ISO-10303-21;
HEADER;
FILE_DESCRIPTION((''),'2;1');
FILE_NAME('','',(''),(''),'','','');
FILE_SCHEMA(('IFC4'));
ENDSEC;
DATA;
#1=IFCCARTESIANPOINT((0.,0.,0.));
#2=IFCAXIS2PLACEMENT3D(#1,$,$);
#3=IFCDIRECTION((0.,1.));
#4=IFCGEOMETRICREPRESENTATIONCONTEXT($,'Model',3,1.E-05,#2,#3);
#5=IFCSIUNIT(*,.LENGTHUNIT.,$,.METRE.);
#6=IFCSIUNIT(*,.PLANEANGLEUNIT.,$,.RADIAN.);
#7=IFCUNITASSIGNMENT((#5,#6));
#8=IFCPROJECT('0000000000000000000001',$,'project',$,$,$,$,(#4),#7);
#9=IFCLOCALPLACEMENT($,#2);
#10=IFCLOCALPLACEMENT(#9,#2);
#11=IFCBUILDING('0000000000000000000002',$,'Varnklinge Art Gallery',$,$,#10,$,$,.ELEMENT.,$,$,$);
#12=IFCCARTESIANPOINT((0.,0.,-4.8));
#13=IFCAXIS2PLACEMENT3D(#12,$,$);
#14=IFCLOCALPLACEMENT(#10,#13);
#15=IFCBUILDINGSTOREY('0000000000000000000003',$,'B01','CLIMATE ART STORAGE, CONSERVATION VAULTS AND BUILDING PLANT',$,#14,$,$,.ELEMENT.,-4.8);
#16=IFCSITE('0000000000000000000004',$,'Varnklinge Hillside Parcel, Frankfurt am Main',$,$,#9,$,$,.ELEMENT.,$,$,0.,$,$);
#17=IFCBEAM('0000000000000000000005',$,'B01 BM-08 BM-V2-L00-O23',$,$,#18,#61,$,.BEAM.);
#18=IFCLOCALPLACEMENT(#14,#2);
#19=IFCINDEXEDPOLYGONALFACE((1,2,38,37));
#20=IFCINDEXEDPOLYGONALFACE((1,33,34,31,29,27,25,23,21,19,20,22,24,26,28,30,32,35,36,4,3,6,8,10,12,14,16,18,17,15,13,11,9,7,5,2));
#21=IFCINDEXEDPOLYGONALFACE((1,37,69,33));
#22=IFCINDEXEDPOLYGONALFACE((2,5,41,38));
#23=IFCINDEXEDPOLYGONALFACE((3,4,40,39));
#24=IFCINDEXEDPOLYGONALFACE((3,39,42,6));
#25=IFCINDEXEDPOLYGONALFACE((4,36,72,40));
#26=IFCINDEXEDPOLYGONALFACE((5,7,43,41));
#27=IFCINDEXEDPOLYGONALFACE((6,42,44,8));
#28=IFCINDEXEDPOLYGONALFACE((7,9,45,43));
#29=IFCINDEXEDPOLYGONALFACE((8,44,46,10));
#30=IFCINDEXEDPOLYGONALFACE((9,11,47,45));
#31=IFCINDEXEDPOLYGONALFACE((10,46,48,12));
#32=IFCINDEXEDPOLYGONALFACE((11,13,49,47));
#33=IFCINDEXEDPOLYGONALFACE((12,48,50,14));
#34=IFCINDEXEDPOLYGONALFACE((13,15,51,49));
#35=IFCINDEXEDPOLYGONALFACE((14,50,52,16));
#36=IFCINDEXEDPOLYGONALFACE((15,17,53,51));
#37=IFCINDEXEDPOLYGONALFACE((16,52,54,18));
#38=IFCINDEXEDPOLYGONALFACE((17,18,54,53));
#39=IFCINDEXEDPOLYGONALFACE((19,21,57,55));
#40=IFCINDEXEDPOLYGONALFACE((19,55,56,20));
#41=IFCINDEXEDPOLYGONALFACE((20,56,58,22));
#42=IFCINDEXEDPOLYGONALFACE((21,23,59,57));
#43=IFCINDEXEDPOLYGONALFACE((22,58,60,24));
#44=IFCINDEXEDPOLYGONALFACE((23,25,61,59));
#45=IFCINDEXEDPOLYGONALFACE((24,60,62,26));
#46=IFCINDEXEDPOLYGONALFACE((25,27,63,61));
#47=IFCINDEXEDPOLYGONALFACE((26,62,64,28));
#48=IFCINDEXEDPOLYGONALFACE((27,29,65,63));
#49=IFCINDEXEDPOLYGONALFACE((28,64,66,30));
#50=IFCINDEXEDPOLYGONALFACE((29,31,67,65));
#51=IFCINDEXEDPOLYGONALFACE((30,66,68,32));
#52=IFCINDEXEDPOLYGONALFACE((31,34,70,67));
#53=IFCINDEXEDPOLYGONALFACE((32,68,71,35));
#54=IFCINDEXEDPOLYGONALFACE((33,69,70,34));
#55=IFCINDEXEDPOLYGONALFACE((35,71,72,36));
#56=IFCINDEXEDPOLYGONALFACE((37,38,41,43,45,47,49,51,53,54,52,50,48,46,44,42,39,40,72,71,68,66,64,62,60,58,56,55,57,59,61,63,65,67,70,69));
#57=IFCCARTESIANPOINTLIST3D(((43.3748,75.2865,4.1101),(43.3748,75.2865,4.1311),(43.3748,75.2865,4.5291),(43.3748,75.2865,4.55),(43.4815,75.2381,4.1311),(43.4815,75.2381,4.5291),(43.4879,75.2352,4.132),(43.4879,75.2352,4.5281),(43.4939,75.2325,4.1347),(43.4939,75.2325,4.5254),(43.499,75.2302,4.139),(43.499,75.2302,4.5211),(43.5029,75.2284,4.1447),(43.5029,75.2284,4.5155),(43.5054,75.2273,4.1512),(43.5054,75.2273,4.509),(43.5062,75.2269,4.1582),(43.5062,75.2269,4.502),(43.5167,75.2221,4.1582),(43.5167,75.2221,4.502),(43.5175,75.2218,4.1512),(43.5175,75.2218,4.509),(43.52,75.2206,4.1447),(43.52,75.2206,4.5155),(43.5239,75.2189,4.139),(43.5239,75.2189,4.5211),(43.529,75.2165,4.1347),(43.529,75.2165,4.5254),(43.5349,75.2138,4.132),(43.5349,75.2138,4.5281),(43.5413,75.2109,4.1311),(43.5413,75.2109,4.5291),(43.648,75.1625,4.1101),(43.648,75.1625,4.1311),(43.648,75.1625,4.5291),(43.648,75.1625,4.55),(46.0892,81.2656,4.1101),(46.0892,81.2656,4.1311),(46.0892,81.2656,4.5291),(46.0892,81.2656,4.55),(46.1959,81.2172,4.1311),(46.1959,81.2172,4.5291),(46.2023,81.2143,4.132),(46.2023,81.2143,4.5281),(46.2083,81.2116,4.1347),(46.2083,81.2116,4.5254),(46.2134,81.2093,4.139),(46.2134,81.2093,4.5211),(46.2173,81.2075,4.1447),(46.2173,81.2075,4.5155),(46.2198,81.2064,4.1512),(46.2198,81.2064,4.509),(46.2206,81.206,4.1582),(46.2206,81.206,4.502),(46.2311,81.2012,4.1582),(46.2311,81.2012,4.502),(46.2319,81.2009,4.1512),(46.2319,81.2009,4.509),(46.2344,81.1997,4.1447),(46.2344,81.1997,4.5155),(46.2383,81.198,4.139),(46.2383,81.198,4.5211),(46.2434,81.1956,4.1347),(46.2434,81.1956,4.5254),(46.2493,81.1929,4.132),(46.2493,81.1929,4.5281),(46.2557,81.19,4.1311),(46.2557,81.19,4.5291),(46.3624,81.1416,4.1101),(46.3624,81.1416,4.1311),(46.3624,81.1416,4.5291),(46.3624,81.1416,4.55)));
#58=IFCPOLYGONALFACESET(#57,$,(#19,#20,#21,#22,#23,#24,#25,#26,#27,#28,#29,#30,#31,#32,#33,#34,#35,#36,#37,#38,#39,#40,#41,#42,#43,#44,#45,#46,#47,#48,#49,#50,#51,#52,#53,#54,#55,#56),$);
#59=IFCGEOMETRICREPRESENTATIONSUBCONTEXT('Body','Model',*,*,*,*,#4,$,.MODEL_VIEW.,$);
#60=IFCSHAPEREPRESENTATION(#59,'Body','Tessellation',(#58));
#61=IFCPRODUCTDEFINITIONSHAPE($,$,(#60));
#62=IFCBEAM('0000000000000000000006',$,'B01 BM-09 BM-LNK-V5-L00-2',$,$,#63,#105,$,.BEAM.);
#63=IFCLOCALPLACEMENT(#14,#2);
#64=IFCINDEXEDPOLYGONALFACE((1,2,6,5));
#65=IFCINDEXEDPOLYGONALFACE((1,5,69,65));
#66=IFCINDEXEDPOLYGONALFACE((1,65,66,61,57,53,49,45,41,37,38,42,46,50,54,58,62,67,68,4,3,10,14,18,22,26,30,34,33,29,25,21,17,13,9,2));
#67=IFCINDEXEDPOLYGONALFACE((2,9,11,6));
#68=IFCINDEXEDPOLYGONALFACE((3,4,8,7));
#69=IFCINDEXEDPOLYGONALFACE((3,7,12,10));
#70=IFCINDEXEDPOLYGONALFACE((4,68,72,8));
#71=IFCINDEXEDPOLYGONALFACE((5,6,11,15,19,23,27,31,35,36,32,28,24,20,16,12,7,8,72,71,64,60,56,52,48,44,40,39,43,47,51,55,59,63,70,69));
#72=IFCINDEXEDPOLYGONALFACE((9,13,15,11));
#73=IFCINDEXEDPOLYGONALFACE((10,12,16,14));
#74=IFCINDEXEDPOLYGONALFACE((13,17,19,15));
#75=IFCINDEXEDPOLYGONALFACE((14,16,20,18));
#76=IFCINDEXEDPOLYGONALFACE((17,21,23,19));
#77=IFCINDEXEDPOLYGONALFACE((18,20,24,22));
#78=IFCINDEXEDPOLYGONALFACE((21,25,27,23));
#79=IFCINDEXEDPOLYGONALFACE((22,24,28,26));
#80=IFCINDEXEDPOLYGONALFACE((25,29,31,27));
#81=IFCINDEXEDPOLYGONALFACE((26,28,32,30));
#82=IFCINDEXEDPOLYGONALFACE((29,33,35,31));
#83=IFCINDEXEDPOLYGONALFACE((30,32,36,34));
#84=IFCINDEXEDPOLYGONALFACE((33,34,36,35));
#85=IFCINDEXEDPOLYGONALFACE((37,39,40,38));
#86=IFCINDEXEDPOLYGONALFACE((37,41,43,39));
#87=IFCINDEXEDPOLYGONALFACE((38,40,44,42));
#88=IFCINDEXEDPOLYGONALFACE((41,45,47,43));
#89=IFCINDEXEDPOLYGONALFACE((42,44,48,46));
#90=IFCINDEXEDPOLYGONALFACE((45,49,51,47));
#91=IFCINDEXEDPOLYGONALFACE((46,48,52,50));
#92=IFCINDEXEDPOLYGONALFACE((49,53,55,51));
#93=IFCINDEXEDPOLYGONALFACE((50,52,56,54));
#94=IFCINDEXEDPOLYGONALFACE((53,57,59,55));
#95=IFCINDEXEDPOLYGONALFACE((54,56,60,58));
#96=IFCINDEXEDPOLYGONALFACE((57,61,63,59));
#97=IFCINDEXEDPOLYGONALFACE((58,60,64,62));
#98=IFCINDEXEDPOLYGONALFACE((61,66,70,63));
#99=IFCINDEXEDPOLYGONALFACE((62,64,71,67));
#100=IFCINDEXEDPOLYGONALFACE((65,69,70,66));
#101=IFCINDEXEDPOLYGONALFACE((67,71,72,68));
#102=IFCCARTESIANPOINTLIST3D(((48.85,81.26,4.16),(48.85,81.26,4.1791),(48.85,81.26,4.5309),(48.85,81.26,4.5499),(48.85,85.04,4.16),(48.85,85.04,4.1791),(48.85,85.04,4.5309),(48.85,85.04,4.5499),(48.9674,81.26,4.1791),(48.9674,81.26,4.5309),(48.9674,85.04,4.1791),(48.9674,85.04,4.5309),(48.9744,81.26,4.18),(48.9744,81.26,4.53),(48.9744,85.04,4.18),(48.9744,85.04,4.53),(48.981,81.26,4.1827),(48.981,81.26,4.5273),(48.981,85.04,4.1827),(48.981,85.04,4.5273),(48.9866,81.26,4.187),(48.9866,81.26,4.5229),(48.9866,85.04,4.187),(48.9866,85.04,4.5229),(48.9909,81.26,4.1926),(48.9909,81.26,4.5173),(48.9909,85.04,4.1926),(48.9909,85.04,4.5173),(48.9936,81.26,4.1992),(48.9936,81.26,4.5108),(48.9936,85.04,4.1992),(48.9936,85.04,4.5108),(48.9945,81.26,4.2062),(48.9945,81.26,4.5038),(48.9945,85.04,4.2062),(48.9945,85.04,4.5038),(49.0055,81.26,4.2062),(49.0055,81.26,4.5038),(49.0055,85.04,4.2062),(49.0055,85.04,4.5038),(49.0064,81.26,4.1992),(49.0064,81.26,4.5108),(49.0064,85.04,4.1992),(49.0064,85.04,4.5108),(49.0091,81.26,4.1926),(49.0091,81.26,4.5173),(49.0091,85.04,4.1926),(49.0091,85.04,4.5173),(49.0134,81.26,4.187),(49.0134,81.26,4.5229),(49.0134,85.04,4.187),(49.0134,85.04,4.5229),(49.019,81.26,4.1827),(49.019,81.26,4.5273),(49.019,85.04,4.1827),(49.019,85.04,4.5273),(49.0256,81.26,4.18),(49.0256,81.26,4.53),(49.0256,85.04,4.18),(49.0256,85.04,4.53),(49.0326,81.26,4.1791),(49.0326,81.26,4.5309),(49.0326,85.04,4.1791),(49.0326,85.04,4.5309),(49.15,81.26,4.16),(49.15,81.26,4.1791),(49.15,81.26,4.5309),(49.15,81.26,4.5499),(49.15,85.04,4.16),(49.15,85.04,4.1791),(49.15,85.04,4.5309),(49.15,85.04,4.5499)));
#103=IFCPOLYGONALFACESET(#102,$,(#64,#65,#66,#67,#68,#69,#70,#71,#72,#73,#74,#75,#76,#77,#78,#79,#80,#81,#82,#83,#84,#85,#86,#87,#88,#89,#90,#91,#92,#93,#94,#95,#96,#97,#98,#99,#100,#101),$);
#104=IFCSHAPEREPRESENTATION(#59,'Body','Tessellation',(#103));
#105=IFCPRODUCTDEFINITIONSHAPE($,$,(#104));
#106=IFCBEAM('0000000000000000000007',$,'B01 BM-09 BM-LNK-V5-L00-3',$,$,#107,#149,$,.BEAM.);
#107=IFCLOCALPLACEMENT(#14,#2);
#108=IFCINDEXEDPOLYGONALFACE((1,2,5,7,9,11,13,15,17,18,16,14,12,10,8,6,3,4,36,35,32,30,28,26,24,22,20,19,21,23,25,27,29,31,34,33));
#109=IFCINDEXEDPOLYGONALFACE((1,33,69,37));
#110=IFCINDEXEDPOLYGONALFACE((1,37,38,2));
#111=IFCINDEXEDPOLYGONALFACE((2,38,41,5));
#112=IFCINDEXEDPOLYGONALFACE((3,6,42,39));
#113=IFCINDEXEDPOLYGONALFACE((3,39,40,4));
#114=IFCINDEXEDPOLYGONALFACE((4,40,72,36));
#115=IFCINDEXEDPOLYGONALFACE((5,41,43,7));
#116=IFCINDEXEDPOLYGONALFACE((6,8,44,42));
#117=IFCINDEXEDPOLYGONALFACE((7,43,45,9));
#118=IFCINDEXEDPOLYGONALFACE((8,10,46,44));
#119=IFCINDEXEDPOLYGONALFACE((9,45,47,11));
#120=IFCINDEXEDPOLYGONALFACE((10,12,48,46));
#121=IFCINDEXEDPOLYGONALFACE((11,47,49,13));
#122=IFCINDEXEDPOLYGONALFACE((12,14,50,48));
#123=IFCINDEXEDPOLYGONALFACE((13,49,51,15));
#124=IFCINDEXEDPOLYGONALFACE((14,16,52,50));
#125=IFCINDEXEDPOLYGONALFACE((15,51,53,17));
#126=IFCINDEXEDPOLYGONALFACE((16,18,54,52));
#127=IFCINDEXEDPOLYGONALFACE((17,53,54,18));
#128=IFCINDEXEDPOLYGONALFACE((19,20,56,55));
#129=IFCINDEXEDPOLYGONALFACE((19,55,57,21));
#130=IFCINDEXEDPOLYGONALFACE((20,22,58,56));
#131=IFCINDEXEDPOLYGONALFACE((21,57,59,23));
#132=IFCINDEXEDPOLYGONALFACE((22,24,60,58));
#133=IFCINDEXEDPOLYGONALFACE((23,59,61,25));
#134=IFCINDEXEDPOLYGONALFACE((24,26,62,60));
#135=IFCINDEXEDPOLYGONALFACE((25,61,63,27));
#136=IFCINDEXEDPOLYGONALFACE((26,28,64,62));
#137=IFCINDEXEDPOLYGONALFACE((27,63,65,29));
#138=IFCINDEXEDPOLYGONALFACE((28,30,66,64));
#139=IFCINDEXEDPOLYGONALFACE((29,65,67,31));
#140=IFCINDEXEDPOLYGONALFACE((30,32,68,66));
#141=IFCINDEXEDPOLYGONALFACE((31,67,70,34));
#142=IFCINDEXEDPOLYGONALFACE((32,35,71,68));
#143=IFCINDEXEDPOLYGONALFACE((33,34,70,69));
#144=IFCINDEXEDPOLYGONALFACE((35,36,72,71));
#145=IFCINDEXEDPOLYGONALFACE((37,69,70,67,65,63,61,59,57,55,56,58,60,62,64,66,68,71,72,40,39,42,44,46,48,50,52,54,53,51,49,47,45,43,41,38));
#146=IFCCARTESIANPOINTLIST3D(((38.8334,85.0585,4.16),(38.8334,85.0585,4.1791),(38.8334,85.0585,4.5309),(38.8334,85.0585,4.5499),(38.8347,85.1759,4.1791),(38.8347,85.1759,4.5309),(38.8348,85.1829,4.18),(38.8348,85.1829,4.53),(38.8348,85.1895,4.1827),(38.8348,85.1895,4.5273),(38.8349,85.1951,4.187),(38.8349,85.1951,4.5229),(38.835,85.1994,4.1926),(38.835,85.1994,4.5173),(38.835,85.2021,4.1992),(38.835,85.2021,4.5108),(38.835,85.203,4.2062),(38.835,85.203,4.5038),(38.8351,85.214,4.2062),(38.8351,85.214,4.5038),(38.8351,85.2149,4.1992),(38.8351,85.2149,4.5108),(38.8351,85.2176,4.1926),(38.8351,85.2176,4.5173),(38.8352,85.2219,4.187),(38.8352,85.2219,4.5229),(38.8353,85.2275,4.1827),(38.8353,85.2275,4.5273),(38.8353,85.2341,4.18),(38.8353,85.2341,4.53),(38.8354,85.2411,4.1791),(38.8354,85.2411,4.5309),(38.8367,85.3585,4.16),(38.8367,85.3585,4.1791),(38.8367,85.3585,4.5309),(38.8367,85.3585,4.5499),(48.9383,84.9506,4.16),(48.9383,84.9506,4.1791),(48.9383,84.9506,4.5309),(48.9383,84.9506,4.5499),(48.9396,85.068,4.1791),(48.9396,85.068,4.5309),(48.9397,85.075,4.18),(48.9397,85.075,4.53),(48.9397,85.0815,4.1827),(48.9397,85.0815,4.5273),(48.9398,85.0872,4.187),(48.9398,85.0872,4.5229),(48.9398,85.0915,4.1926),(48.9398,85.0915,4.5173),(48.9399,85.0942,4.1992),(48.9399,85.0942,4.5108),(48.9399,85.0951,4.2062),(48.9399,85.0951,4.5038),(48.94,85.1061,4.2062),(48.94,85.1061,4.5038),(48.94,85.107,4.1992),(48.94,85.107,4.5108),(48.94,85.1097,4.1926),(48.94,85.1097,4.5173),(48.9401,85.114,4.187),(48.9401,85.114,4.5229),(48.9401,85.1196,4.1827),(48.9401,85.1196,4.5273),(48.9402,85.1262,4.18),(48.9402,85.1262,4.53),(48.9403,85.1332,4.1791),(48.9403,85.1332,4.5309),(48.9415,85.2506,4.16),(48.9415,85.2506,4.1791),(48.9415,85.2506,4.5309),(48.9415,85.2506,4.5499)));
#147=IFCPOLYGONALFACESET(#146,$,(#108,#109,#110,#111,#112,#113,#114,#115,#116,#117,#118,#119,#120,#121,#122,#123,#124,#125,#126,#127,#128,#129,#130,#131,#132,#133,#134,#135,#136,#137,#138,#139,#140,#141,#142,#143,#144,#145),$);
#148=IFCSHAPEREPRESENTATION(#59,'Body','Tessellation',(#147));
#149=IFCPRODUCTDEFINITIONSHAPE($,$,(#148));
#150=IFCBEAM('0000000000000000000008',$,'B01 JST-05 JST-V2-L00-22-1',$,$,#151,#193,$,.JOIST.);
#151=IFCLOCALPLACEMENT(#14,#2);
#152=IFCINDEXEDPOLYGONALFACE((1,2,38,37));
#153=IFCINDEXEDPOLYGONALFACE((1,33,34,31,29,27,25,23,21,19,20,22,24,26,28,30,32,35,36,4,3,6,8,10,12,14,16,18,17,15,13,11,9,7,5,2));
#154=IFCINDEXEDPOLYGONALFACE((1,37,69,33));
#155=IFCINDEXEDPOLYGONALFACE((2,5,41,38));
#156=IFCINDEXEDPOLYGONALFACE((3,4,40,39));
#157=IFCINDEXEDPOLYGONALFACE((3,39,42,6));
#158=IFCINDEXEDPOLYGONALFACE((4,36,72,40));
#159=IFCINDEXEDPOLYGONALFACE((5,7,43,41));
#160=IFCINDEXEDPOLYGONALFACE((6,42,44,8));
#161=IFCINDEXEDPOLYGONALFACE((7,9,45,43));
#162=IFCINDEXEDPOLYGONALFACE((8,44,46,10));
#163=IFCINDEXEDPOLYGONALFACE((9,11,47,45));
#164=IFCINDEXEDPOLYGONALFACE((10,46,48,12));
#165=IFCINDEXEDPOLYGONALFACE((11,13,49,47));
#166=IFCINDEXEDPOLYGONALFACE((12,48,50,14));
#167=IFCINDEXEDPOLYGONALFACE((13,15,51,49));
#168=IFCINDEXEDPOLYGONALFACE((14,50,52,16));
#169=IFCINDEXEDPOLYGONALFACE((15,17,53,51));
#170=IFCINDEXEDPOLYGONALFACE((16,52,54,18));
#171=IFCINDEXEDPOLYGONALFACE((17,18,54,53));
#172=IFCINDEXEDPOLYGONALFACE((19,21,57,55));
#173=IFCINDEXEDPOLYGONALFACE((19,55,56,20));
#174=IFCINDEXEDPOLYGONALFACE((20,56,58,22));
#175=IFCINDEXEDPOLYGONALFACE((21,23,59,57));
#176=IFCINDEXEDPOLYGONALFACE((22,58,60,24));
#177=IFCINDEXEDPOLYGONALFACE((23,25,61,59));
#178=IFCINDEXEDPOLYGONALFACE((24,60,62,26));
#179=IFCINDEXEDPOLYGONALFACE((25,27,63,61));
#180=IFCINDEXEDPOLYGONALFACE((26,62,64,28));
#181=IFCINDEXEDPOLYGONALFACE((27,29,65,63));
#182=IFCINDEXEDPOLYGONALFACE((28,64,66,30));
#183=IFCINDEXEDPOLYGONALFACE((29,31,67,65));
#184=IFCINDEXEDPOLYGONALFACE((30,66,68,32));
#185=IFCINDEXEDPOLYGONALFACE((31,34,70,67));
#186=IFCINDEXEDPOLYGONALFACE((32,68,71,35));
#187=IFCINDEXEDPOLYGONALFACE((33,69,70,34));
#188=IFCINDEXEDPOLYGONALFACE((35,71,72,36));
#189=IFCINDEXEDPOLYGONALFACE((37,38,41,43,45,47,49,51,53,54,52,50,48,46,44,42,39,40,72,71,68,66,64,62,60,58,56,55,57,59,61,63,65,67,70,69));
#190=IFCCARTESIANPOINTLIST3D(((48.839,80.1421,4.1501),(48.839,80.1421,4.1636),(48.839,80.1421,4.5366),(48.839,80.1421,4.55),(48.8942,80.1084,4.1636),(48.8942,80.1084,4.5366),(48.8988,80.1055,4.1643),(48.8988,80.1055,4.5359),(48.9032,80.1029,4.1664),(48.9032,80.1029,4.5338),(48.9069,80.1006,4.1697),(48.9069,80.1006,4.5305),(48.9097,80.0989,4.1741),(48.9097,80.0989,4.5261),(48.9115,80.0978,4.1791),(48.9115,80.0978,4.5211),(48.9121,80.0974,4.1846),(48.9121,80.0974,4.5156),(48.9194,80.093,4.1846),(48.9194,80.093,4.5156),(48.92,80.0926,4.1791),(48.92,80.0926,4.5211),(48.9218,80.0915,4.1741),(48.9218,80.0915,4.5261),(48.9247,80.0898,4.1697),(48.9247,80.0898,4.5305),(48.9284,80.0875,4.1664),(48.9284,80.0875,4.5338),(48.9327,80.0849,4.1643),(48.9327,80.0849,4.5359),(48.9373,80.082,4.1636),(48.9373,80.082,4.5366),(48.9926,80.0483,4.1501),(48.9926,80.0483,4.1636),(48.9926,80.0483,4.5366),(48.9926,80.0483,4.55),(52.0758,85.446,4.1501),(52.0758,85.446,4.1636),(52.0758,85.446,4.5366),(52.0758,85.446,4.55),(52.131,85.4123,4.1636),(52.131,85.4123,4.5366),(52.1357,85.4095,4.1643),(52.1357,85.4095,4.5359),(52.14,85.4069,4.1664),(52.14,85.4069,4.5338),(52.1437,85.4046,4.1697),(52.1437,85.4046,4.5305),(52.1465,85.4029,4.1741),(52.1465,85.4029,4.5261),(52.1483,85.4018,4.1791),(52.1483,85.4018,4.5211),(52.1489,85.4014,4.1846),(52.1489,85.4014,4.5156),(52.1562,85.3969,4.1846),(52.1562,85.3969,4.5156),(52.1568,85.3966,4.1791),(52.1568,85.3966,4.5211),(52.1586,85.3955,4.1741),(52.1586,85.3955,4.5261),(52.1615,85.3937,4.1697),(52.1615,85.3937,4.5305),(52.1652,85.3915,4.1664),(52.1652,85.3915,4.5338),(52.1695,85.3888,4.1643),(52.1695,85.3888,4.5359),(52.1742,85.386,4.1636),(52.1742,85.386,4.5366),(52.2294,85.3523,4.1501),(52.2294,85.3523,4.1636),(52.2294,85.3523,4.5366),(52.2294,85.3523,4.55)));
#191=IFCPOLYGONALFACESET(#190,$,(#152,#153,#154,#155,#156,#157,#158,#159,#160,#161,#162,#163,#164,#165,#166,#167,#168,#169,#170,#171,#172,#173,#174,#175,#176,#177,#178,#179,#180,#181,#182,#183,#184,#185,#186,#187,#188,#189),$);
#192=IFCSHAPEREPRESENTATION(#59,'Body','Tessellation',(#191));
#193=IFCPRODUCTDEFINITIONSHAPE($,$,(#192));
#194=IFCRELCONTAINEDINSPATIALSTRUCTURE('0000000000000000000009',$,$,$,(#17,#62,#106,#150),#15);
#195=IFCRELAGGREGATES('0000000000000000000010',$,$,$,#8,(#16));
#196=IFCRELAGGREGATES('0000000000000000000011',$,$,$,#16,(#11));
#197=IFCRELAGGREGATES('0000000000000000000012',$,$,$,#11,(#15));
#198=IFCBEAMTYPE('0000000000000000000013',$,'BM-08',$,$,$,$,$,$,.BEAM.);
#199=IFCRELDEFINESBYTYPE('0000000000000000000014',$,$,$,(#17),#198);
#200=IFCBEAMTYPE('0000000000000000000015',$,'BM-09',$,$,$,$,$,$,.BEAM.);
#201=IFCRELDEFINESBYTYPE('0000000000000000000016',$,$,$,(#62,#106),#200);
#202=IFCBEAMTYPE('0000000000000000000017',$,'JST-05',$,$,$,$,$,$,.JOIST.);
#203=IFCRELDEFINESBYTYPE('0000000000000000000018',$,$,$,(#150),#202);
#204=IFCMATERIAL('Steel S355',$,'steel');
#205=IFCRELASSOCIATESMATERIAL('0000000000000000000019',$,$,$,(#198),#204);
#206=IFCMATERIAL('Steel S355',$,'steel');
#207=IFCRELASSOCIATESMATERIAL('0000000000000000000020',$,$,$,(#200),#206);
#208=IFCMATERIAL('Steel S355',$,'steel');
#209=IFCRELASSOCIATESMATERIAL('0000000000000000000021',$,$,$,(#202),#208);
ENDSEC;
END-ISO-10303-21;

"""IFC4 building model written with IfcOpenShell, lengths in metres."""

from ifc_helpers import new_model, si_unit, direction, frame, origin, origin_2d, place, context, subcontext, project, spatial, i_section, extrude, material, material_profile, profile_set, type_object, element, save


model = new_model("IFC4")

# Units and contexts
model_context = context("Model", 3, precision=1e-05, world=origin(), true_north=direction((0.0, 1.0)))
body_context = subcontext(model_context, "Body", "Model", "MODEL_VIEW")
ifc_project = project(units=[si_unit("LENGTHUNIT", "METRE"), si_unit("PLANEANGLEUNIT", "RADIAN")], contexts=[model_context])

# Site, building, storey
site_placement = place(None, origin())
site = spatial("IfcSite", under=ifc_project, at=site_placement, Name="Varnklinge Hillside Parcel, Frankfurt am Main", CompositionType="ELEMENT", RefElevation=0.0)
building_placement = place(site_placement, origin())
building = spatial("IfcBuilding", under=site, at=building_placement, Name="Varnklinge Art Gallery", CompositionType="ELEMENT")
storey_placement = place(building_placement, frame((0.0, 0.0, -4.8)))
storey = spatial("IfcBuildingStorey", under=building, at=storey_placement, Name="B01", Description="CLIMATE ART STORAGE, CONSERVATION VAULTS AND BUILDING PLANT", CompositionType="ELEMENT", Elevation=-4.8)

# Beams
ifc_material_1 = material(Name="Steel S355", Category="steel")
ifc_material_profile_1 = material_profile(ifc_material_1, i_section(OverallWidth=0.3, OverallDepth=0.4399, WebThickness=0.0115, FlangeThickness=0.021, FilletRadius=0.0271, at=origin_2d()), Name="HEA 450")
ifc_profile_set_1 = profile_set([ifc_material_profile_1], Name="Steel S355")
beam_type_1 = type_object("IfcBeamType", Name="BM-08", PredefinedType="BEAM", material=ifc_profile_set_1)
beam_1_placement = place(storey_placement, frame((46.2258, 81.2036, 4.3301), z_axis=(-0.413377, -0.91056, 0.0), x_axis=(0.91056, -0.413377, 0.0)))
element("IfcBeam", 1, at=beam_1_placement, inside=storey, type_object=beam_type_1, Name="B01 BM-08 BM-V2-L00-O23", PredefinedType="BEAM", context=body_context, shape_type="SweptSolid", body=[
    extrude(i_section(OverallWidth=0.3, OverallDepth=0.4399, WebThickness=0.0115, FlangeThickness=0.021, FilletRadius=0.0271, at=origin_2d()), origin(), (0.0, 0.0, 1.0), 6.5664),
])
ifc_material_2 = material(Name="Steel S355", Category="steel")
ifc_material_profile_2 = material_profile(ifc_material_2, i_section(OverallWidth=0.3, OverallDepth=0.3899, WebThickness=0.011, FlangeThickness=0.019, FilletRadius=0.0271, at=origin_2d()), Name="HEA 400")
ifc_profile_set_2 = profile_set([ifc_material_profile_2], Name="Steel S355")
beam_type_2 = type_object("IfcBeamType", Name="BM-09", PredefinedType="BEAM", material=ifc_profile_set_2)
beam_2_placement = place(storey_placement, frame((49.0, 81.26, 4.355), z_axis=(0.0, 1.0, 0.0), x_axis=(-1.0, 0.0, 0.0)))
element("IfcBeam", 2, at=beam_2_placement, inside=storey, type_object=beam_type_2, Name="B01 BM-09 BM-LNK-V5-L00-2", PredefinedType="BEAM", context=body_context, shape_type="SweptSolid", body=[
    extrude(i_section(OverallWidth=0.3, OverallDepth=0.3899, WebThickness=0.011, FlangeThickness=0.019, FilletRadius=0.0271, at=origin_2d()), origin(), (0.0, 0.0, 1.0), 3.78),
])
beam_3_placement = place(storey_placement, frame((48.9399, 85.1006, 4.355), z_axis=(-0.999943, 0.010678, 0.0), x_axis=(-0.010678, -0.999943, 0.0)))
element("IfcBeam", 3, at=beam_3_placement, inside=storey, type_object=beam_type_2, Name="B01 BM-09 BM-LNK-V5-L00-3", PredefinedType="BEAM", context=body_context, shape_type="SweptSolid", body=[
    extrude(i_section(OverallWidth=0.3, OverallDepth=0.3899, WebThickness=0.011, FlangeThickness=0.019, FilletRadius=0.0271, at=origin_2d()), origin(), (0.0, 0.0, 1.0), 10.1055),
])
ifc_material_3 = material(Name="Steel S355", Category="steel")
ifc_material_profile_3 = material_profile(ifc_material_3, i_section(OverallWidth=0.1799, OverallDepth=0.3999, WebThickness=0.0085, FlangeThickness=0.0134, FilletRadius=0.021, at=origin_2d()), Name="IPE 400")
ifc_profile_set_3 = profile_set([ifc_material_profile_3], Name="Steel S355")
beam_type_3 = type_object("IfcBeamType", Name="JST-05", PredefinedType="JOIST", material=ifc_profile_set_3)
beam_4_placement = place(storey_placement, frame((52.1526, 85.3992, 4.3501), z_axis=(-0.520924, -0.853603, 0.0), x_axis=(0.853603, -0.520924, 0.0)))
element("IfcBeam", 4, at=beam_4_placement, inside=storey, type_object=beam_type_3, Name="B01 JST-05 JST-V2-L00-22-1", PredefinedType="JOIST", context=body_context, shape_type="SweptSolid", body=[
    extrude(i_section(OverallWidth=0.1799, OverallDepth=0.3999, WebThickness=0.0085, FlangeThickness=0.0134, FilletRadius=0.021, at=origin_2d()), origin(), (0.0, 0.0, 1.0), 6.2136),
])

save(model, "model.ifc")
